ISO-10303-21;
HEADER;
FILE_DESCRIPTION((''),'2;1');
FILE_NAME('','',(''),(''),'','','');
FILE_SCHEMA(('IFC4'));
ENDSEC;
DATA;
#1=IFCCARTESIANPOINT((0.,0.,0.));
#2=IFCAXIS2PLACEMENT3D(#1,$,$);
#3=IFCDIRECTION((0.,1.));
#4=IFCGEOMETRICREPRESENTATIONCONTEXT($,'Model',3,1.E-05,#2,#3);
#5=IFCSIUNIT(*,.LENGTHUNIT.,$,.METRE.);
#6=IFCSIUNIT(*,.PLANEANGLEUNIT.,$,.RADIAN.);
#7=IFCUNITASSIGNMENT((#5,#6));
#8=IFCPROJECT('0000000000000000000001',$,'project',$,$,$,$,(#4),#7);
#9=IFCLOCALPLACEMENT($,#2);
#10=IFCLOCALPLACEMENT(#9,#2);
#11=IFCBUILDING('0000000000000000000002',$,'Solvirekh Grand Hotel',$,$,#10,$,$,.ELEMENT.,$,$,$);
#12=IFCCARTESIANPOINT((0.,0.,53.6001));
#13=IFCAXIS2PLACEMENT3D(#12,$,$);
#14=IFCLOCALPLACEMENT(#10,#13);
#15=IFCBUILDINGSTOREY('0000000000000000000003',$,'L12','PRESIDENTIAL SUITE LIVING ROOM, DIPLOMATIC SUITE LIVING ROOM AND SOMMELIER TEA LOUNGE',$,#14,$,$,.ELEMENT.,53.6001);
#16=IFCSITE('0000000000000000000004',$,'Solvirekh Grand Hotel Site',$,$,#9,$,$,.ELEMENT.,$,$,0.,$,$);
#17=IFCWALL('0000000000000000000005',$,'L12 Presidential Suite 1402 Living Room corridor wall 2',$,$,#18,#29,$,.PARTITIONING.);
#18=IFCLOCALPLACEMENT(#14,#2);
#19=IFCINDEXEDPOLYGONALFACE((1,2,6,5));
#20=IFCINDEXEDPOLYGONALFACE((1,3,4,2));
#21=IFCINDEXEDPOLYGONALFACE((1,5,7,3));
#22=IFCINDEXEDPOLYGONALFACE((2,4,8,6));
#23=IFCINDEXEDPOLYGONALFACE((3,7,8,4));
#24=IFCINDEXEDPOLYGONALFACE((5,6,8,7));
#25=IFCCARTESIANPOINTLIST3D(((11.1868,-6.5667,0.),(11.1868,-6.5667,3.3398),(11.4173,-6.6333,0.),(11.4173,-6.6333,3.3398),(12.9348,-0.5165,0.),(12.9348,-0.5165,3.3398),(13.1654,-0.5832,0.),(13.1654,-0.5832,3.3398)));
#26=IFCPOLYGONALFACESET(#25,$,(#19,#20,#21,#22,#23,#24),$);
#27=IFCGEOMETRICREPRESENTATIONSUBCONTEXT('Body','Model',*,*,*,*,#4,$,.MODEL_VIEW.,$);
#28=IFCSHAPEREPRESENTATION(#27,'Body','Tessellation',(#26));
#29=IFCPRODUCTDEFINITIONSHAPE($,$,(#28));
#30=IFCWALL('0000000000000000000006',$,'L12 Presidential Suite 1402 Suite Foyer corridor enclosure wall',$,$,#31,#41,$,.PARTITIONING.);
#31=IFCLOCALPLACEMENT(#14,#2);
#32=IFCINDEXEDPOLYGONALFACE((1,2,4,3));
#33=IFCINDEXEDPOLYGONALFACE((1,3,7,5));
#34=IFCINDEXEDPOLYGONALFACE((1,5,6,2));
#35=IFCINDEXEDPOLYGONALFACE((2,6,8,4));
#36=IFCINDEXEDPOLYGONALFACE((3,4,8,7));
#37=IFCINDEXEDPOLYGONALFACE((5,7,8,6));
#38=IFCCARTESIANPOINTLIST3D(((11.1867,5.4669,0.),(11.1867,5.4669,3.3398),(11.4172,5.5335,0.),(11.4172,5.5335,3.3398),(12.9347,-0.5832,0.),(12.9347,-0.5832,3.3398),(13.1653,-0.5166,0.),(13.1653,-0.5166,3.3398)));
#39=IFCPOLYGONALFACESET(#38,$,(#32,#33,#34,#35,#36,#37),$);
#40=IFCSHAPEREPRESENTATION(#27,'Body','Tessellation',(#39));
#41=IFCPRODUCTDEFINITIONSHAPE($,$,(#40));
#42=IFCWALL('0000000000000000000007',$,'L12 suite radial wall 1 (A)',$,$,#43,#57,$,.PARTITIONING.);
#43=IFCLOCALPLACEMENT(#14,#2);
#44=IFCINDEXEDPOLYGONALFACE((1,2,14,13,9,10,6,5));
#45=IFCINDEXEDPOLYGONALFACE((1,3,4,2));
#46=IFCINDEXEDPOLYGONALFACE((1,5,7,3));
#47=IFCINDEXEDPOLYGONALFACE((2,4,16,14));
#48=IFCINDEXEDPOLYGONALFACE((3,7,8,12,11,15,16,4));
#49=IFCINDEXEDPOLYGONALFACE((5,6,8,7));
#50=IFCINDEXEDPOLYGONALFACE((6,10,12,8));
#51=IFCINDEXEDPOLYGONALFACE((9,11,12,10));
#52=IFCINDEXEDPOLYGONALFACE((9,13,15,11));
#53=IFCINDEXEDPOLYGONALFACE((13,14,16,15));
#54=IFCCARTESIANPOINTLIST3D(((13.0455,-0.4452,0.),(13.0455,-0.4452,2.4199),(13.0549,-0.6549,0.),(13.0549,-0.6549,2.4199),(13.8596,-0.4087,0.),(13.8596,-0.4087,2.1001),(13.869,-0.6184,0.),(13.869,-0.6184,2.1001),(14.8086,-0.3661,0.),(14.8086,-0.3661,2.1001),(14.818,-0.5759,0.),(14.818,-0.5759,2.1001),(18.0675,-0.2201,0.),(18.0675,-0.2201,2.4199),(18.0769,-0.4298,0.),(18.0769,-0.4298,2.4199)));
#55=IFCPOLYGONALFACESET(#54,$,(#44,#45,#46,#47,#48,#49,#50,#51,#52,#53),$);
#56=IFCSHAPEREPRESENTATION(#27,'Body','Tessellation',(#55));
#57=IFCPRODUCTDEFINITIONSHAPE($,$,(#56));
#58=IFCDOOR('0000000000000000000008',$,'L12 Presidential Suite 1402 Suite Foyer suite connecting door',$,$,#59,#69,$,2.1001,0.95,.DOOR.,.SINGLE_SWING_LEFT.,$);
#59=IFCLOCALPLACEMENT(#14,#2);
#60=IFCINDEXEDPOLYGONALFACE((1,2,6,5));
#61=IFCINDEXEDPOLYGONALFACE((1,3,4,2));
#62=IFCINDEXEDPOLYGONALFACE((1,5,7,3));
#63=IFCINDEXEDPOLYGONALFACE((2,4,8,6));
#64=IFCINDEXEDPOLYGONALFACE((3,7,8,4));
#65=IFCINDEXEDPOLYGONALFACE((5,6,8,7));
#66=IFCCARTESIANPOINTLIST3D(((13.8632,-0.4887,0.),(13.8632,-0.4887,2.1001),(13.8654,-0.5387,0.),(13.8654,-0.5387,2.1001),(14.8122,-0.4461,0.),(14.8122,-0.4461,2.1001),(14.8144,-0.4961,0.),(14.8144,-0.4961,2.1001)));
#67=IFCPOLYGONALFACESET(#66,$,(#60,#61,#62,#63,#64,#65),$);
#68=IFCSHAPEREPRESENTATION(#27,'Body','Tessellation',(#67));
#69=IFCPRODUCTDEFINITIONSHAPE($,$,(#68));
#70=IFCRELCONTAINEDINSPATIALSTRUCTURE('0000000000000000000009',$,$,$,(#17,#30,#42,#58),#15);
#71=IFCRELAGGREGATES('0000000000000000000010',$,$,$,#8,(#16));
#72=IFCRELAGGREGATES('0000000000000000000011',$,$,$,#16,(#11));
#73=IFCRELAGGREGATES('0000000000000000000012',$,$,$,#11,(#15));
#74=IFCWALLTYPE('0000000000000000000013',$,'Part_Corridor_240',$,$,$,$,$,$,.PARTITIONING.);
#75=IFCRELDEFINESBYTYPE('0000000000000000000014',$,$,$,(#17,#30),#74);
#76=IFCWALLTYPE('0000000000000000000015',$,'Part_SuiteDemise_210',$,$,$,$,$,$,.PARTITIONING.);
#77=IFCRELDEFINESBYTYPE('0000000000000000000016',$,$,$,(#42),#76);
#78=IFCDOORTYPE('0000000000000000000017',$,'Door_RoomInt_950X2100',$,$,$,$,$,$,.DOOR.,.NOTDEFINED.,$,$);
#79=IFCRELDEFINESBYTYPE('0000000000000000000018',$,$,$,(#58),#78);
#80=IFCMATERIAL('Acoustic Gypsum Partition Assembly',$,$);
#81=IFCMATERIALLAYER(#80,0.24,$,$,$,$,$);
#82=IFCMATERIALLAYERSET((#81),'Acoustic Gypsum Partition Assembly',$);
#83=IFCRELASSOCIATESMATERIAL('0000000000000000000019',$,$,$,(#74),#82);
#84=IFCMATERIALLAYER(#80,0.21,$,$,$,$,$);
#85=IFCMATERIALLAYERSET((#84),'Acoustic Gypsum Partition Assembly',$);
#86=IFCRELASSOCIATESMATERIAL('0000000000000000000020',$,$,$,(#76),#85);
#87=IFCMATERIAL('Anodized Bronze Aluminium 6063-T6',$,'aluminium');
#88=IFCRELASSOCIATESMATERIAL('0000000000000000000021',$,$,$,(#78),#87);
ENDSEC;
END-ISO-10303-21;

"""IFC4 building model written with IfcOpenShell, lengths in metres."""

from ifc_helpers import new_model, si_unit, direction, frame, frame_2d, origin, place, context, subcontext, project, spatial, rectangle, extrude, material, layer, layer_set, type_object, element, fill, save


model = new_model("IFC4")

# Units and contexts
model_context = context("Model", 3, precision=1e-05, world=origin(), true_north=direction((0.0, 1.0)))
body_context = subcontext(model_context, "Body", "Model", "MODEL_VIEW")
ifc_project = project(units=[si_unit("LENGTHUNIT", "METRE"), si_unit("PLANEANGLEUNIT", "RADIAN")], contexts=[model_context])

# Site, building, storey
site_placement = place(None, origin())
site = spatial("IfcSite", under=ifc_project, at=site_placement, Name="Solvirekh Grand Hotel Site", CompositionType="ELEMENT", RefElevation=0.0)
building_placement = place(site_placement, origin())
building = spatial("IfcBuilding", under=site, at=building_placement, Name="Solvirekh Grand Hotel", CompositionType="ELEMENT")
storey_placement = place(building_placement, frame((0.0, 0.0, 53.6001)))
storey = spatial("IfcBuildingStorey", under=building, at=storey_placement, Name="L12", Description="PRESIDENTIAL SUITE LIVING ROOM, DIPLOMATIC SUITE LIVING ROOM AND SOMMELIER TEA LOUNGE", CompositionType="ELEMENT", Elevation=53.6001)

# Shared definitions
ifc_material_1 = material(Name="Anodized Bronze Aluminium 6063-T6", Category="aluminium")

# Shared definitions
ifc_material_2 = material(Name="Acoustic Gypsum Partition Assembly")
ifc_layer_1 = layer(ifc_material_2, 0.24)
ifc_layer_set_1 = layer_set([ifc_layer_1], Name="Acoustic Gypsum Partition Assembly")
wall_type_1 = type_object("IfcWallType", Name="Part_Corridor_240", PredefinedType="PARTITIONING", material=ifc_layer_set_1)

# Walls
for number, where, z_axis, x_axis, name in (
    (1, (11.302, -6.6001, 0.0), (0.0, 0.0, 1.0), (0.277577, 0.960703, 0.0), "L12 Presidential Suite 1402 Living Room corridor wall 2"),
    (2, (13.05, -0.55, 0.0), (0.0, 0.0, 1.0), (-0.277577, 0.960703, 0.0), "L12 Presidential Suite 1402 Suite Foyer corridor enclosure wall"),
):
    element("IfcWall", number, at=place(storey_placement, frame(where, z_axis=z_axis, x_axis=x_axis)), inside=storey, type_object=wall_type_1, Name=name, PredefinedType="PARTITIONING", context=body_context, shape_type="SweptSolid", body=[
        extrude(rectangle(XDim=6.2976, YDim=0.24, at=frame_2d((3.1489, 0.0))), origin(), (0.0, 0.0, 1.0), 3.3398),
    ])

# Wall, opening, door
ifc_layer_2 = layer(ifc_material_2, 0.21)
ifc_layer_set_2 = layer_set([ifc_layer_2], Name="Acoustic Gypsum Partition Assembly")
wall_type_2 = type_object("IfcWallType", Name="Part_SuiteDemise_210", PredefinedType="PARTITIONING", material=ifc_layer_set_2)
wall_1_placement = place(storey_placement, frame((13.05, -0.55, 0.0), z_axis=(0.0, 0.0, 1.0), x_axis=(0.998997, 0.044778, 0.0)))
wall_1 = element("IfcWall", 3, at=wall_1_placement, inside=storey, type_object=wall_type_2, Name="L12 suite radial wall 1 (A)", PredefinedType="PARTITIONING", context=body_context, shape_type="SweptSolid", body=[
    extrude(rectangle(XDim=5.0271, YDim=0.21, at=frame_2d((2.5137, 0.0))), origin(), (0.0, 0.0, 1.0), 2.4199),
])
opening_1_placement = place(wall_1_placement, frame((0.8149, 0.0, 0.0)))
opening_1 = element("IfcOpeningElement", 4, at=opening_1_placement, cuts=wall_1, PredefinedType="OPENING", context=body_context, shape_type="SweptSolid", body=[
    extrude(rectangle(XDim=0.95, YDim=2.1001, at=frame_2d((0.4751, 1.05))), frame((0.0, 0.115, 0.0), z_axis=(0.0, -1.0, 0.0), x_axis=(1.0, 0.0, 0.0)), (0.0, 0.0, 1.0), 0.23),
])
door_type_1 = type_object("IfcDoorType", Name="Door_RoomInt_950X2100", OperationType="NOTDEFINED", PredefinedType="DOOR", material=ifc_material_1)
door_1_placement = place(opening_1_placement, origin())
door_1 = element("IfcDoor", 5, at=door_1_placement, inside=storey, type_object=door_type_1, Name="L12 Presidential Suite 1402 Suite Foyer suite connecting door", OperationType="SINGLE_SWING_LEFT", OverallHeight=2.1001, OverallWidth=0.95, PredefinedType="DOOR", context=body_context, shape_type="SweptSolid", body=[
    extrude(rectangle(XDim=0.95, YDim=2.1001, at=frame_2d((0.4751, 1.05))), frame((0.0, 0.0249, 0.0), z_axis=(0.0, -1.0, 0.0), x_axis=(1.0, 0.0, 0.0)), (0.0, 0.0, 1.0), 0.05),
])
fill(opening_1, door_1)

save(model, "model.ifc")
